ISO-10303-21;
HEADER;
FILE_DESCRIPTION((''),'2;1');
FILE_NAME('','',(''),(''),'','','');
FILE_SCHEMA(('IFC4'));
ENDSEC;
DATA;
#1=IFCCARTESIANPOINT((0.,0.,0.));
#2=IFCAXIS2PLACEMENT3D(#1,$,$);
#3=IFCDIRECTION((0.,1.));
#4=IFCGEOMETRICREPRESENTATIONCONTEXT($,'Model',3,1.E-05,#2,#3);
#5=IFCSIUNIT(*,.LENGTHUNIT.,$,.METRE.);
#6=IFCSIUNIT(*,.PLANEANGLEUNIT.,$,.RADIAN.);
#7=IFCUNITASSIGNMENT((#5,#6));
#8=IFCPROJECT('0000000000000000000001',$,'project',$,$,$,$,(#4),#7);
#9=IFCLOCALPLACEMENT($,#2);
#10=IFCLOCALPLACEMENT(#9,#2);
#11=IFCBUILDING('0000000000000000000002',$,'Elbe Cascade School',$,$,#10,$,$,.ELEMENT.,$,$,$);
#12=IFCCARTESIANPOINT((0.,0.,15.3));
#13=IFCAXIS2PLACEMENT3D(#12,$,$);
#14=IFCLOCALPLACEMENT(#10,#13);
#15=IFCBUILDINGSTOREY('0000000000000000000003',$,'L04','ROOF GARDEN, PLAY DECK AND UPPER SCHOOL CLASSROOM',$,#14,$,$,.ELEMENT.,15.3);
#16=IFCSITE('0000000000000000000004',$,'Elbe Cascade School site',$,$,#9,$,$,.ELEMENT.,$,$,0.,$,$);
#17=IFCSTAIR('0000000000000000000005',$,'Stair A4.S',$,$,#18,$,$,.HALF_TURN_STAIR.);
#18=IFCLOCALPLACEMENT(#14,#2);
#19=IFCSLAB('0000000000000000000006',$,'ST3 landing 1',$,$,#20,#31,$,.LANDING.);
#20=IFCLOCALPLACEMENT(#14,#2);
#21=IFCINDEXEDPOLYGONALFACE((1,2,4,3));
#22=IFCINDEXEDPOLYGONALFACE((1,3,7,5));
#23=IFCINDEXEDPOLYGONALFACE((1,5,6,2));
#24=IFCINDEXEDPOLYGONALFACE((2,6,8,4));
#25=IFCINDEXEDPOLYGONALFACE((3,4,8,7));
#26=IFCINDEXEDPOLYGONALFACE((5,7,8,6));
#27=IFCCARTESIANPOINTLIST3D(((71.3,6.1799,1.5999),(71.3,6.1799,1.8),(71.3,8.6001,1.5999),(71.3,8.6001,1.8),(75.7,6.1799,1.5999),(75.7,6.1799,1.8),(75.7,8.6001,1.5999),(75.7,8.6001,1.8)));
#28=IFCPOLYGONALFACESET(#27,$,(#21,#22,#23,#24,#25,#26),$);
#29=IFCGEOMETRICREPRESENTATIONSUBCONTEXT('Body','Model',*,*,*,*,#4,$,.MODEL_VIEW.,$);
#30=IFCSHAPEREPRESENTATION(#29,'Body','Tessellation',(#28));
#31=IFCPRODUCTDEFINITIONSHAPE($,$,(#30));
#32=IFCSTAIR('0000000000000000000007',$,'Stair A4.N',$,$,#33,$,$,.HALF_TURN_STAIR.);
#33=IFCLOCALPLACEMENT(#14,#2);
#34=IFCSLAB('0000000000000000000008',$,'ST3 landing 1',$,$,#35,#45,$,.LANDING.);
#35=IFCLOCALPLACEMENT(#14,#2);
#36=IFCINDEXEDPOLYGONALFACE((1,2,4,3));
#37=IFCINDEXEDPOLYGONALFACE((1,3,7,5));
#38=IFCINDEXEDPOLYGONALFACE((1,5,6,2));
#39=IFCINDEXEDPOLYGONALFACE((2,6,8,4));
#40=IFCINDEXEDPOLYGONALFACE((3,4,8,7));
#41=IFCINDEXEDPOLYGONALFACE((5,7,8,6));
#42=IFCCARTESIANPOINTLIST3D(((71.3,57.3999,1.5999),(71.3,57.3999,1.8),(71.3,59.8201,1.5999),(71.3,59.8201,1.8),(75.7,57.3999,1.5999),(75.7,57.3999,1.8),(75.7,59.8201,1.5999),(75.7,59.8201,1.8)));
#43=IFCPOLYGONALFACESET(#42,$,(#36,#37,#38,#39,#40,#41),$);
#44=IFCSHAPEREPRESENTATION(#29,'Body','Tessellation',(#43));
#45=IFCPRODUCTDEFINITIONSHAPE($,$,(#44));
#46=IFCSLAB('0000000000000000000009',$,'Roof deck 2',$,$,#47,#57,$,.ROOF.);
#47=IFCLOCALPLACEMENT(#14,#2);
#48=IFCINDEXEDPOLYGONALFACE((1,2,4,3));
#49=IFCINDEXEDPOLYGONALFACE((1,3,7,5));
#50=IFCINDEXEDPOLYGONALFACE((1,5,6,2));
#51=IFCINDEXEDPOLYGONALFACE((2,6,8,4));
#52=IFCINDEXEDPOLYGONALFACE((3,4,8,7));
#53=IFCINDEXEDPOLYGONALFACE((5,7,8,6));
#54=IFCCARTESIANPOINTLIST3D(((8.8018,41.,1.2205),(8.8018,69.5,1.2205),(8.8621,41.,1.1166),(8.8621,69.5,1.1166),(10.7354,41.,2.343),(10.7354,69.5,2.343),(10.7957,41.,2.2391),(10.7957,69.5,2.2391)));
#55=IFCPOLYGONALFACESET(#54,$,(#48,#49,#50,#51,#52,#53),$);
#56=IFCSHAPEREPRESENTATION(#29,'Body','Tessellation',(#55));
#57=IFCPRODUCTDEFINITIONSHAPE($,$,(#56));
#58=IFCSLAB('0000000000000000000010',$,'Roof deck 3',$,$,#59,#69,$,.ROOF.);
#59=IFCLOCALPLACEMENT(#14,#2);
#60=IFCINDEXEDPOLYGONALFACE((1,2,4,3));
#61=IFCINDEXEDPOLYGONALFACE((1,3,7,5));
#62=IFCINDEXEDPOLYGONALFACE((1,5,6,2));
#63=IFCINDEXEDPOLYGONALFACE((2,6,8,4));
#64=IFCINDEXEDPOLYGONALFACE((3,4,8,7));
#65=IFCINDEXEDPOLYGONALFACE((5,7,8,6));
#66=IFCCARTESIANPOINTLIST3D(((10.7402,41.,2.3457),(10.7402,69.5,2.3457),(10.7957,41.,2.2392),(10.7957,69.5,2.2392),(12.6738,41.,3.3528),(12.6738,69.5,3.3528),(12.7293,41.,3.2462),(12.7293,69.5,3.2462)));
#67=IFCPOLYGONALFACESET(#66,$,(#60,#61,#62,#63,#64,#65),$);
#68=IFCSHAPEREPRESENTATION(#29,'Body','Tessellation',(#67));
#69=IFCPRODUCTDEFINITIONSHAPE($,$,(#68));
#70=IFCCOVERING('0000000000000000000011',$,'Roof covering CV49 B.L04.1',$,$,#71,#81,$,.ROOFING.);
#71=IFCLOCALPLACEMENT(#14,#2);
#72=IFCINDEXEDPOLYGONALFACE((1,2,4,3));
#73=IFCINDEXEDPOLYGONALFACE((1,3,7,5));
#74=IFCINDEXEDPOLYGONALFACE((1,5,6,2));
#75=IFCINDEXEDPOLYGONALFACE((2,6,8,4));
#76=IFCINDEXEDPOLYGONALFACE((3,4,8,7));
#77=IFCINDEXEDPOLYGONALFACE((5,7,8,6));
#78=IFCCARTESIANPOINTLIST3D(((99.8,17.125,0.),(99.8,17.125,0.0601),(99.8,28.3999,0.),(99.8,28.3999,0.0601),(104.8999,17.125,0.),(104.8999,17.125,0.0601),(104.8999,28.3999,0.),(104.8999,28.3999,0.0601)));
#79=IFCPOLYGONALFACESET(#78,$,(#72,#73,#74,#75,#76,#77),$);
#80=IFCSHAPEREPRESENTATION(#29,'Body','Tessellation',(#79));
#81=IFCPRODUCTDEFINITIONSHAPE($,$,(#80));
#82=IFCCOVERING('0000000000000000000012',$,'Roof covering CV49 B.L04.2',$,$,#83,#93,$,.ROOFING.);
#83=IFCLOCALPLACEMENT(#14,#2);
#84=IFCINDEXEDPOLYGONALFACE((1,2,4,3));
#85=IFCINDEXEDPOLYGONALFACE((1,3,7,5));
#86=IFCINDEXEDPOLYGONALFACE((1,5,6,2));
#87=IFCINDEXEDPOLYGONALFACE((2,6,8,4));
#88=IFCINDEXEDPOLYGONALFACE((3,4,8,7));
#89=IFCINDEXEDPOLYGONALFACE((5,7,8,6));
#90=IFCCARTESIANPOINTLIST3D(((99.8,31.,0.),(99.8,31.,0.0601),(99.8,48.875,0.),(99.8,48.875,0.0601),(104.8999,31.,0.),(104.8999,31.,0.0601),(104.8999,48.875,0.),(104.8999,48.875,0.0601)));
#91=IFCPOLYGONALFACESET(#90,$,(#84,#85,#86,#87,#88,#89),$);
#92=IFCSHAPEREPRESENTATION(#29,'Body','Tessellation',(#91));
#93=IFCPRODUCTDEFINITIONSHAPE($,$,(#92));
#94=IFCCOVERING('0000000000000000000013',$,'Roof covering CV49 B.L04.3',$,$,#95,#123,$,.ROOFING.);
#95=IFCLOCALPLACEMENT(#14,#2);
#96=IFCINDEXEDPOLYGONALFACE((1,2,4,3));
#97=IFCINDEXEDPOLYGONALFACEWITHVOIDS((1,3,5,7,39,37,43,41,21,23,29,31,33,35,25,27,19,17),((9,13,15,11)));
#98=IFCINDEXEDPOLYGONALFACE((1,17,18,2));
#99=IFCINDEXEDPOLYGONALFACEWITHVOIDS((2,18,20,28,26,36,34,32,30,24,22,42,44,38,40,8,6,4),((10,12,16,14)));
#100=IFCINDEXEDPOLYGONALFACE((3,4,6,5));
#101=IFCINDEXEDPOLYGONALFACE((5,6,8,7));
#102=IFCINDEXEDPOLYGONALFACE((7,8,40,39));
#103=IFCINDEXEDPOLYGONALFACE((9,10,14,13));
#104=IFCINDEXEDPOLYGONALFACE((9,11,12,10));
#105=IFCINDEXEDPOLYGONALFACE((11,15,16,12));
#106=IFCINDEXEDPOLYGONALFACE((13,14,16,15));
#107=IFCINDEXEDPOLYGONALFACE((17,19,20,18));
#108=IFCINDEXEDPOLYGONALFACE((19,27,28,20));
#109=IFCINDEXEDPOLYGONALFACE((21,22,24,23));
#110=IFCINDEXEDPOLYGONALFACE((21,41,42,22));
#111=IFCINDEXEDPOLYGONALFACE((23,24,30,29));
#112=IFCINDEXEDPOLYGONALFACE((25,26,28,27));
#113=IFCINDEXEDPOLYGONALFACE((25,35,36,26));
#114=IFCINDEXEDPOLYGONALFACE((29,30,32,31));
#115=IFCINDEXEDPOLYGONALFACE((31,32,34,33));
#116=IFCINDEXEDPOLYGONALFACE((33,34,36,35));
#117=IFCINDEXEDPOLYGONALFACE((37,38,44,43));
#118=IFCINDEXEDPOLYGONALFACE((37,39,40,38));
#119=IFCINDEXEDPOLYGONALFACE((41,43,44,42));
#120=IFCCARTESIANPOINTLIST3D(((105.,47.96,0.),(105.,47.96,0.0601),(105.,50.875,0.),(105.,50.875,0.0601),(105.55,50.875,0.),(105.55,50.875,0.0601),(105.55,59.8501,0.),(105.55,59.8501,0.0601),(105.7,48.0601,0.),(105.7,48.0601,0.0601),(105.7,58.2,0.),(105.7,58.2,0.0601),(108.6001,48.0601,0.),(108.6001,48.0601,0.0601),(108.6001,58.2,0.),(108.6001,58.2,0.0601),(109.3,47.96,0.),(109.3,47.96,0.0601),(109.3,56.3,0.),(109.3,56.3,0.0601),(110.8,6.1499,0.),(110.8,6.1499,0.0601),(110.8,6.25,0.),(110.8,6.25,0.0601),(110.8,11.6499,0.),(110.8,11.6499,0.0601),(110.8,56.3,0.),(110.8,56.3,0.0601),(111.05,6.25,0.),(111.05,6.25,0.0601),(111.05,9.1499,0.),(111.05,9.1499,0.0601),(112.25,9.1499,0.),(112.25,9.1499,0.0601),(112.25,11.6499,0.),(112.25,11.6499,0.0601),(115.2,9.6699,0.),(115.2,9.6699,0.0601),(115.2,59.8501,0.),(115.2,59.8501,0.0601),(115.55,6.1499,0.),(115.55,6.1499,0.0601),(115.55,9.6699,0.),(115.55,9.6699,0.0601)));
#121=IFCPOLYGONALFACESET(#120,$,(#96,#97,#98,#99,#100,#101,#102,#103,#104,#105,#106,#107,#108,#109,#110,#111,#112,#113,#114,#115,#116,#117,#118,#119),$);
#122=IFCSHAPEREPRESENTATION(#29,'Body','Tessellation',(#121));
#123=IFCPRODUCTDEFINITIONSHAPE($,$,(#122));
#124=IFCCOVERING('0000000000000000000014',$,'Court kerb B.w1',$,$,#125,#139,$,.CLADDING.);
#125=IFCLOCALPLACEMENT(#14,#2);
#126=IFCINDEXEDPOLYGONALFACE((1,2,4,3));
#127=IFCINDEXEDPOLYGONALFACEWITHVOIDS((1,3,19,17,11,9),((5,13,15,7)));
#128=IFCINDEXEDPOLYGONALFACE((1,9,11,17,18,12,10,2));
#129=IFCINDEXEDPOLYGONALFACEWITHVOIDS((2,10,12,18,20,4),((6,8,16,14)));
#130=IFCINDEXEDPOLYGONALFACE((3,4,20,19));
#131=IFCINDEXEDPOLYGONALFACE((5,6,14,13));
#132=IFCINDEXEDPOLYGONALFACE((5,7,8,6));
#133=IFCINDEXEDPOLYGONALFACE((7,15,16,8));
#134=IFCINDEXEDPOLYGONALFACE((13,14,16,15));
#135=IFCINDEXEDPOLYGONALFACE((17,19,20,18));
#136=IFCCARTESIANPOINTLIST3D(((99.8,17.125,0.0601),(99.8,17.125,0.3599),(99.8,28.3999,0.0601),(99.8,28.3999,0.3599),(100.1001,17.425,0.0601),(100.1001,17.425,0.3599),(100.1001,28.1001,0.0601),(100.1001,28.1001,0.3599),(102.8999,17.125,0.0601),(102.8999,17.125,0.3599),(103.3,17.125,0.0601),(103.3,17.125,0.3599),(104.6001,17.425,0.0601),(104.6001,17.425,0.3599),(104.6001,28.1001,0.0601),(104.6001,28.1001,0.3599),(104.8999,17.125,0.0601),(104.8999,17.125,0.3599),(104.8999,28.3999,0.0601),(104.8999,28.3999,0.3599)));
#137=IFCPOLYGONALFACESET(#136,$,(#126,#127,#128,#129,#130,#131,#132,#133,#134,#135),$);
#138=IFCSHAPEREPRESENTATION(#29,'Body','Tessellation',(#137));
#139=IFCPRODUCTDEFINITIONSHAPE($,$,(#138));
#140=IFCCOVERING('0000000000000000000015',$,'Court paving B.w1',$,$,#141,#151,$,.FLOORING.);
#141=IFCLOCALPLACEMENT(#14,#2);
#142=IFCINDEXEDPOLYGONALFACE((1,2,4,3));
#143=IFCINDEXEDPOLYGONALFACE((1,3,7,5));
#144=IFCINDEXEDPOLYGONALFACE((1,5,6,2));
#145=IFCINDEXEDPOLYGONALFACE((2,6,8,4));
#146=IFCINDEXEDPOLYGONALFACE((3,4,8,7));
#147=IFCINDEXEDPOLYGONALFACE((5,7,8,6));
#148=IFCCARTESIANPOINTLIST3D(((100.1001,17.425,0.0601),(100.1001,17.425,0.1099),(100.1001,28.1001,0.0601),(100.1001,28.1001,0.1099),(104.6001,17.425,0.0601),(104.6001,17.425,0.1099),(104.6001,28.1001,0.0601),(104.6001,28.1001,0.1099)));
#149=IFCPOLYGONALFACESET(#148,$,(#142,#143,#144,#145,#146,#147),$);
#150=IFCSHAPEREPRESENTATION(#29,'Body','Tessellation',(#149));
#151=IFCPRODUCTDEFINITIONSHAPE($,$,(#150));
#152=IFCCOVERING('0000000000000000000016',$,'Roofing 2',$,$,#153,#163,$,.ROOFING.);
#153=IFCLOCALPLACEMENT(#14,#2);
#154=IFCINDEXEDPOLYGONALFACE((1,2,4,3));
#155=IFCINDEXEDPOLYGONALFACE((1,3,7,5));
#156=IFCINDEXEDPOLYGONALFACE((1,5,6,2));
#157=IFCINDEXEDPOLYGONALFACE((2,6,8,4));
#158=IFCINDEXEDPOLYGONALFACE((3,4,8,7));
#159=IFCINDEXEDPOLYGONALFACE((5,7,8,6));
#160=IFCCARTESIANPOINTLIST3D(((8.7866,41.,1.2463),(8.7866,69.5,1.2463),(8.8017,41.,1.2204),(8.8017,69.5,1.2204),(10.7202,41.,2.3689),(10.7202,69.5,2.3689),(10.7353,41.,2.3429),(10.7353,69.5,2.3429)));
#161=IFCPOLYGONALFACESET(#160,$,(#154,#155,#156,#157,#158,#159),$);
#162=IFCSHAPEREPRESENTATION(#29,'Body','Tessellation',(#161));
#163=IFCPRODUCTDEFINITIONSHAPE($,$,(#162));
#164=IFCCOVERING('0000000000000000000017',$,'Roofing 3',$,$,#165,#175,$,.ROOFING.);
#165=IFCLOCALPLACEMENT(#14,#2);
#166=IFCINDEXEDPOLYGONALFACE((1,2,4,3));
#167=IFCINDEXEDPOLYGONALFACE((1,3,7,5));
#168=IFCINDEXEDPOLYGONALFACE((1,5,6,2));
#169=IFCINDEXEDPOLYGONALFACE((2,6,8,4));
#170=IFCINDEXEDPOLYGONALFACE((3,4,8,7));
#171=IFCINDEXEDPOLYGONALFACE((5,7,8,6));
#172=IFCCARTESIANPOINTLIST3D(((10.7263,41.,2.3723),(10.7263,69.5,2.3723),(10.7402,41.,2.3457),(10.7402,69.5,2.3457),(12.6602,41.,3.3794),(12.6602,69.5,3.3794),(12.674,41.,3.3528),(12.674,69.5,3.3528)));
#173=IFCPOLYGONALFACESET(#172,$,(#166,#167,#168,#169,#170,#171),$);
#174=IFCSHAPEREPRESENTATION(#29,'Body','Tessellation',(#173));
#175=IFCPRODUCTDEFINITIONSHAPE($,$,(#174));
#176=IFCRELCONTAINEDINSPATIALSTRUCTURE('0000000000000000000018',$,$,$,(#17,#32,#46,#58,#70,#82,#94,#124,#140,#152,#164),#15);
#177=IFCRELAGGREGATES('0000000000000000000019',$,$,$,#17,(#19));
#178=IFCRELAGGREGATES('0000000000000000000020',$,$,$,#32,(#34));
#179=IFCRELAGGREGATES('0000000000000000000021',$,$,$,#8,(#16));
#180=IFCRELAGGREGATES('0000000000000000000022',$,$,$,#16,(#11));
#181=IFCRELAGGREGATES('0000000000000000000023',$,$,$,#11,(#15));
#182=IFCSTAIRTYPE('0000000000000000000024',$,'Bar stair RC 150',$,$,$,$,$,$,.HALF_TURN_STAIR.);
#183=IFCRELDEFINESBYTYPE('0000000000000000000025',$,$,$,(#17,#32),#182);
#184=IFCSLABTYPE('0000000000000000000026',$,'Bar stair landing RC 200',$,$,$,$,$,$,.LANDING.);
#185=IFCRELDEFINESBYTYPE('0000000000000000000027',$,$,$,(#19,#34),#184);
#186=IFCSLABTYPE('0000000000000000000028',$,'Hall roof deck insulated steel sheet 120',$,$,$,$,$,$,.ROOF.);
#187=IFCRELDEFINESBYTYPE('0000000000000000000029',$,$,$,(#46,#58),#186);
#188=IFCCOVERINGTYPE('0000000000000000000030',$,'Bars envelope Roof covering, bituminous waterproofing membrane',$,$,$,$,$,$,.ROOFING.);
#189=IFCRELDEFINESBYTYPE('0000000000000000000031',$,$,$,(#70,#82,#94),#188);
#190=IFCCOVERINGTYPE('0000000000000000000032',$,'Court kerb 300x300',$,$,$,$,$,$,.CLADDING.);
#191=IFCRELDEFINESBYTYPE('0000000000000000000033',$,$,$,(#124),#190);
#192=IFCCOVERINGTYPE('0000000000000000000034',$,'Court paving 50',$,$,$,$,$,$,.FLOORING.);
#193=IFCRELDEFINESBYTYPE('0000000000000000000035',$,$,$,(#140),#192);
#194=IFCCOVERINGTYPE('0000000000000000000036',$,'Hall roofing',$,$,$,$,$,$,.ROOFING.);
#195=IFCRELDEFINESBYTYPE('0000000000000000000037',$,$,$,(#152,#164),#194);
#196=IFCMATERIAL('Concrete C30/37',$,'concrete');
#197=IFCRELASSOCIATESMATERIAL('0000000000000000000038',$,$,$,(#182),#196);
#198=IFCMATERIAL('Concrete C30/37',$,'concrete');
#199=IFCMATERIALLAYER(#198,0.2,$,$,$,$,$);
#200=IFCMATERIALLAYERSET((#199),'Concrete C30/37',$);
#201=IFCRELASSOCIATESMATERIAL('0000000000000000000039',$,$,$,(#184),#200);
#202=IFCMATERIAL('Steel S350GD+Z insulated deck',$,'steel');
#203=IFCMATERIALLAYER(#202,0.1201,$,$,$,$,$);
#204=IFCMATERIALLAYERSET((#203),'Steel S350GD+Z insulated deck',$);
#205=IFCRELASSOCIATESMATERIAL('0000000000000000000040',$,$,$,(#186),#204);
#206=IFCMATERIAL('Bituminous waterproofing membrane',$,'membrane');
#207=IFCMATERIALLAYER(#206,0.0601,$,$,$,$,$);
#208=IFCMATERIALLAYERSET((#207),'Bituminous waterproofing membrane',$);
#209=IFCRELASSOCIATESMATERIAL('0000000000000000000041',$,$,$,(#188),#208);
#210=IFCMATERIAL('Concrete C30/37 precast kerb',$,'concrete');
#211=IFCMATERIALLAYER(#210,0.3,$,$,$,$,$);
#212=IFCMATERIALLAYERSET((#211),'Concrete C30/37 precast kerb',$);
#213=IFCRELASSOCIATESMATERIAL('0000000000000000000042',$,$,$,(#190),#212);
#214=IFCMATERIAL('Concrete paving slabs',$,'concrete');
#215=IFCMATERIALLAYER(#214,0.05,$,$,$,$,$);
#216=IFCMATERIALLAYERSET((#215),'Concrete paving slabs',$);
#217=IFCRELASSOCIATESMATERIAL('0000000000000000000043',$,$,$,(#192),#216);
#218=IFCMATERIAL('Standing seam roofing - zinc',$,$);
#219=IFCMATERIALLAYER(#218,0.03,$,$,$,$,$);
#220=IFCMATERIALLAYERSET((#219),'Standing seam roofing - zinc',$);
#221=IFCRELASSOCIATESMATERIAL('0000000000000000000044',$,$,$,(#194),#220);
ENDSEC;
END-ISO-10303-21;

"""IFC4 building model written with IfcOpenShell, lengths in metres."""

from ifc_helpers import new_model, si_unit, direction, frame, origin, place, context, subcontext, project, spatial, polyline, outline, extrude, material, layer, layer_set, type_object, element, aggregate, save


model = new_model("IFC4")

# Units and contexts
model_context = context("Model", 3, precision=1e-05, world=origin(), true_north=direction((0.0, 1.0)))
body_context = subcontext(model_context, "Body", "Model", "MODEL_VIEW")
ifc_project = project(units=[si_unit("LENGTHUNIT", "METRE"), si_unit("PLANEANGLEUNIT", "RADIAN")], contexts=[model_context])

# Site, building, storey
site_placement = place(None, origin())
site = spatial("IfcSite", under=ifc_project, at=site_placement, Name="Elbe Cascade School site", CompositionType="ELEMENT", RefElevation=0.0)
building_placement = place(site_placement, origin())
building = spatial("IfcBuilding", under=site, at=building_placement, Name="Elbe Cascade School", CompositionType="ELEMENT")
storey_placement = place(building_placement, frame((0.0, 0.0, 15.3)))
storey = spatial("IfcBuildingStorey", under=building, at=storey_placement, Name="L04", Description="ROOF GARDEN, PLAY DECK AND UPPER SCHOOL CLASSROOM", CompositionType="ELEMENT", Elevation=15.3)

# Stairs, slabs
ifc_material_1 = material(Name="Concrete C30/37", Category="concrete")
stair_type = type_object("IfcStairType", Name="Bar stair RC 150", PredefinedType="HALF_TURN_STAIR", material=ifc_material_1)
stair_1_placement = place(storey_placement, origin())
stair_1 = element("IfcStair", 1, at=stair_1_placement, inside=storey, type_object=stair_type, Name="Stair A4.S", PredefinedType="HALF_TURN_STAIR")
ifc_material_2 = material(Name="Concrete C30/37", Category="concrete")
ifc_layer_1 = layer(ifc_material_2, 0.2)
ifc_layer_set_1 = layer_set([ifc_layer_1], Name="Concrete C30/37")
slab_type_1 = type_object("IfcSlabType", Name="Bar stair landing RC 200", PredefinedType="LANDING", material=ifc_layer_set_1)
slab_1_placement = place(storey_placement, frame((0.0, 0.0, 1.5999)))
slab_1 = element("IfcSlab", 2, at=slab_1_placement, type_object=slab_type_1, Name="ST3 landing 1", PredefinedType="LANDING", context=body_context, shape_type="SweptSolid", body=[
    extrude(outline(polyline([(71.3, 6.1799), (75.7, 6.1799), (75.7, 8.6001), (71.3, 8.6001), (71.3, 6.1799)])), origin(), (0.0, 0.0, 1.0), 0.2002),
])
aggregate(stair_1, [slab_1])
stair_2_placement = place(storey_placement, origin())
stair_2 = element("IfcStair", 3, at=stair_2_placement, inside=storey, type_object=stair_type, Name="Stair A4.N", PredefinedType="HALF_TURN_STAIR")
slab_2_placement = place(storey_placement, frame((0.0, 0.0, 1.5999)))
slab_2 = element("IfcSlab", 4, at=slab_2_placement, type_object=slab_type_1, Name="ST3 landing 1", PredefinedType="LANDING", context=body_context, shape_type="SweptSolid", body=[
    extrude(outline(polyline([(71.3, 57.3999), (75.7, 57.3999), (75.7, 59.8201), (71.3, 59.8201), (71.3, 57.3999)])), origin(), (0.0, 0.0, 1.0), 0.2002),
])
aggregate(stair_2, [slab_2])

# Slabs
ifc_material_3 = material(Name="Steel S350GD+Z insulated deck", Category="steel")
ifc_layer_2 = layer(ifc_material_3, 0.1201)
ifc_layer_set_2 = layer_set([ifc_layer_2], Name="Steel S350GD+Z insulated deck")
slab_type_2 = type_object("IfcSlabType", Name="Hall roof deck insulated steel sheet 120", PredefinedType="ROOF", material=ifc_layer_set_2)
slab_3_placement = place(storey_placement, frame((8.8018, 41.0, 1.2205), z_axis=(-0.502078, 0.0, 0.864823), x_axis=(0.864823, 0.0, 0.502078)))
element("IfcSlab", 5, at=slab_3_placement, inside=storey, type_object=slab_type_2, Name="Roof deck 2", PredefinedType="ROOF", context=body_context, shape_type="SweptSolid", body=[
    extrude(outline(polyline([(0.0, 0.0), (2.2358, 0.0), (2.2358, 28.5), (0.0, 28.5), (0.0, 0.0)])), origin(), (0.0, 0.0, -1.0), 0.1201),
])
slab_4_placement = place(storey_placement, frame((10.7402, 41.0, 2.3457), z_axis=(-0.461934, 0.0, 0.886914), x_axis=(0.886914, 0.0, 0.461934)))
element("IfcSlab", 6, at=slab_4_placement, inside=storey, type_object=slab_type_2, Name="Roof deck 3", PredefinedType="ROOF", context=body_context, shape_type="SweptSolid", body=[
    extrude(outline(polyline([(0.0, 0.0), (2.1801, 0.0), (2.1801, 28.5), (0.0, 28.5), (0.0, 0.0)])), origin(), (0.0, 0.0, -1.0), 0.1201),
])

# Coverings
ifc_material_4 = material(Name="Bituminous waterproofing membrane", Category="membrane")
ifc_layer_3 = layer(ifc_material_4, 0.0601)
ifc_layer_set_3 = layer_set([ifc_layer_3], Name="Bituminous waterproofing membrane")
covering_type_1 = type_object("IfcCoveringType", Name="Bars envelope Roof covering, bituminous waterproofing membrane", PredefinedType="ROOFING", material=ifc_layer_set_3)
covering_1_placement = place(storey_placement, origin())
element("IfcCovering", 7, at=covering_1_placement, inside=storey, type_object=covering_type_1, Name="Roof covering CV49 B.L04.1", PredefinedType="ROOFING", context=body_context, shape_type="SweptSolid", body=[
    extrude(outline(polyline([(104.8999, 17.125), (99.8, 17.125), (99.8, 28.3999), (104.8999, 28.3999), (104.8999, 17.125)])), origin(), (0.0, 0.0, 1.0), 0.0601),
])
covering_2_placement = place(storey_placement, origin())
element("IfcCovering", 8, at=covering_2_placement, inside=storey, type_object=covering_type_1, Name="Roof covering CV49 B.L04.2", PredefinedType="ROOFING", context=body_context, shape_type="SweptSolid", body=[
    extrude(outline(polyline([(99.8, 48.875), (104.8999, 48.875), (104.8999, 31.0), (99.8, 31.0), (99.8, 48.875)])), origin(), (0.0, 0.0, 1.0), 0.0601),
])
covering_3_placement = place(storey_placement, origin())
element("IfcCovering", 9, at=covering_3_placement, inside=storey, type_object=covering_type_1, Name="Roof covering CV49 B.L04.3", PredefinedType="ROOFING", context=body_context, shape_type="SweptSolid", body=[
    extrude(outline(polyline([(105.55, 50.875), (105.55, 59.8501), (115.2, 59.8501), (115.2, 9.6699), (115.55, 9.6699), (115.55, 6.1499), (110.8, 6.1499), (110.8, 6.25), (111.05, 6.25), (111.05, 9.1499), (112.25, 9.1499), (112.25, 11.6499), (110.8, 11.6499), (110.8, 56.3), (109.3, 56.3), (109.3, 47.96), (105.0, 47.96), (105.0, 50.875), (105.55, 50.875)]), holes=[polyline([(105.7, 48.0601), (108.6001, 48.0601), (108.6001, 58.2), (105.7, 58.2), (105.7, 48.0601)])]), origin(), (0.0, 0.0, 1.0), 0.0601),
])
ifc_material_5 = material(Name="Concrete C30/37 precast kerb", Category="concrete")
ifc_layer_4 = layer(ifc_material_5, 0.3)
ifc_layer_set_4 = layer_set([ifc_layer_4], Name="Concrete C30/37 precast kerb")
covering_type_2 = type_object("IfcCoveringType", Name="Court kerb 300x300", PredefinedType="CLADDING", material=ifc_layer_set_4)
covering_4_placement = place(storey_placement, frame((0.0, 0.0, 0.0601)))
element("IfcCovering", 10, at=covering_4_placement, inside=storey, type_object=covering_type_2, Name="Court kerb B.w1", PredefinedType="CLADDING", context=body_context, shape_type="SweptSolid", body=[
    extrude(outline(polyline([(99.8, 28.3999), (104.8999, 28.3999), (104.8999, 17.125), (103.3, 17.125), (102.8999, 17.125), (99.8, 17.125), (99.8, 28.3999)]), holes=[polyline([(100.1001, 28.1001), (104.6001, 28.1001), (104.6001, 17.425), (100.1001, 17.425), (100.1001, 28.1001)])]), origin(), (0.0, 0.0, 1.0), 0.2998),
])
ifc_material_6 = material(Name="Concrete paving slabs", Category="concrete")
ifc_layer_5 = layer(ifc_material_6, 0.05)
ifc_layer_set_5 = layer_set([ifc_layer_5], Name="Concrete paving slabs")
covering_type_3 = type_object("IfcCoveringType", Name="Court paving 50", PredefinedType="FLOORING", material=ifc_layer_set_5)
covering_5_placement = place(storey_placement, frame((0.0, 0.0, 0.0601)))
element("IfcCovering", 11, at=covering_5_placement, inside=storey, type_object=covering_type_3, Name="Court paving B.w1", PredefinedType="FLOORING", context=body_context, shape_type="SweptSolid", body=[
    extrude(outline(polyline([(100.1001, 28.1001), (104.6001, 28.1001), (104.6001, 17.425), (100.1001, 17.425), (100.1001, 28.1001)])), origin(), (0.0, 0.0, 1.0), 0.0498),
])
ifc_material_7 = material(Name="Standing seam roofing - zinc")
ifc_layer_6 = layer(ifc_material_7, 0.03)
ifc_layer_set_6 = layer_set([ifc_layer_6], Name="Standing seam roofing - zinc")
covering_type_4 = type_object("IfcCoveringType", Name="Hall roofing", PredefinedType="ROOFING", material=ifc_layer_set_6)
covering_6_placement = place(storey_placement, frame((8.7866, 41.0, 1.2463), z_axis=(-0.502078, 0.0, 0.864823), x_axis=(0.864823, 0.0, 0.502078)))
element("IfcCovering", 12, at=covering_6_placement, inside=storey, type_object=covering_type_4, Name="Roofing 2", PredefinedType="ROOFING", context=body_context, shape_type="SweptSolid", body=[
    extrude(outline(polyline([(0.0, 0.0), (2.2358, 0.0), (2.2358, 28.5), (0.0, 28.5), (0.0, 0.0)])), origin(), (0.0, 0.0, -1.0), 0.03),
])
covering_7_placement = place(storey_placement, frame((10.7263, 41.0, 2.3723), z_axis=(-0.461889, 0.0, 0.886938), x_axis=(0.886938, 0.0, 0.461889)))
element("IfcCovering", 13, at=covering_7_placement, inside=storey, type_object=covering_type_4, Name="Roofing 3", PredefinedType="ROOFING", context=body_context, shape_type="SweptSolid", body=[
    extrude(outline(polyline([(0.0, 0.0), (2.1804, 0.0), (2.1804, 28.5), (0.0, 28.5), (0.0, 0.0)])), origin(), (0.0, 0.0, -1.0), 0.03),
])

save(model, "model.ifc")
